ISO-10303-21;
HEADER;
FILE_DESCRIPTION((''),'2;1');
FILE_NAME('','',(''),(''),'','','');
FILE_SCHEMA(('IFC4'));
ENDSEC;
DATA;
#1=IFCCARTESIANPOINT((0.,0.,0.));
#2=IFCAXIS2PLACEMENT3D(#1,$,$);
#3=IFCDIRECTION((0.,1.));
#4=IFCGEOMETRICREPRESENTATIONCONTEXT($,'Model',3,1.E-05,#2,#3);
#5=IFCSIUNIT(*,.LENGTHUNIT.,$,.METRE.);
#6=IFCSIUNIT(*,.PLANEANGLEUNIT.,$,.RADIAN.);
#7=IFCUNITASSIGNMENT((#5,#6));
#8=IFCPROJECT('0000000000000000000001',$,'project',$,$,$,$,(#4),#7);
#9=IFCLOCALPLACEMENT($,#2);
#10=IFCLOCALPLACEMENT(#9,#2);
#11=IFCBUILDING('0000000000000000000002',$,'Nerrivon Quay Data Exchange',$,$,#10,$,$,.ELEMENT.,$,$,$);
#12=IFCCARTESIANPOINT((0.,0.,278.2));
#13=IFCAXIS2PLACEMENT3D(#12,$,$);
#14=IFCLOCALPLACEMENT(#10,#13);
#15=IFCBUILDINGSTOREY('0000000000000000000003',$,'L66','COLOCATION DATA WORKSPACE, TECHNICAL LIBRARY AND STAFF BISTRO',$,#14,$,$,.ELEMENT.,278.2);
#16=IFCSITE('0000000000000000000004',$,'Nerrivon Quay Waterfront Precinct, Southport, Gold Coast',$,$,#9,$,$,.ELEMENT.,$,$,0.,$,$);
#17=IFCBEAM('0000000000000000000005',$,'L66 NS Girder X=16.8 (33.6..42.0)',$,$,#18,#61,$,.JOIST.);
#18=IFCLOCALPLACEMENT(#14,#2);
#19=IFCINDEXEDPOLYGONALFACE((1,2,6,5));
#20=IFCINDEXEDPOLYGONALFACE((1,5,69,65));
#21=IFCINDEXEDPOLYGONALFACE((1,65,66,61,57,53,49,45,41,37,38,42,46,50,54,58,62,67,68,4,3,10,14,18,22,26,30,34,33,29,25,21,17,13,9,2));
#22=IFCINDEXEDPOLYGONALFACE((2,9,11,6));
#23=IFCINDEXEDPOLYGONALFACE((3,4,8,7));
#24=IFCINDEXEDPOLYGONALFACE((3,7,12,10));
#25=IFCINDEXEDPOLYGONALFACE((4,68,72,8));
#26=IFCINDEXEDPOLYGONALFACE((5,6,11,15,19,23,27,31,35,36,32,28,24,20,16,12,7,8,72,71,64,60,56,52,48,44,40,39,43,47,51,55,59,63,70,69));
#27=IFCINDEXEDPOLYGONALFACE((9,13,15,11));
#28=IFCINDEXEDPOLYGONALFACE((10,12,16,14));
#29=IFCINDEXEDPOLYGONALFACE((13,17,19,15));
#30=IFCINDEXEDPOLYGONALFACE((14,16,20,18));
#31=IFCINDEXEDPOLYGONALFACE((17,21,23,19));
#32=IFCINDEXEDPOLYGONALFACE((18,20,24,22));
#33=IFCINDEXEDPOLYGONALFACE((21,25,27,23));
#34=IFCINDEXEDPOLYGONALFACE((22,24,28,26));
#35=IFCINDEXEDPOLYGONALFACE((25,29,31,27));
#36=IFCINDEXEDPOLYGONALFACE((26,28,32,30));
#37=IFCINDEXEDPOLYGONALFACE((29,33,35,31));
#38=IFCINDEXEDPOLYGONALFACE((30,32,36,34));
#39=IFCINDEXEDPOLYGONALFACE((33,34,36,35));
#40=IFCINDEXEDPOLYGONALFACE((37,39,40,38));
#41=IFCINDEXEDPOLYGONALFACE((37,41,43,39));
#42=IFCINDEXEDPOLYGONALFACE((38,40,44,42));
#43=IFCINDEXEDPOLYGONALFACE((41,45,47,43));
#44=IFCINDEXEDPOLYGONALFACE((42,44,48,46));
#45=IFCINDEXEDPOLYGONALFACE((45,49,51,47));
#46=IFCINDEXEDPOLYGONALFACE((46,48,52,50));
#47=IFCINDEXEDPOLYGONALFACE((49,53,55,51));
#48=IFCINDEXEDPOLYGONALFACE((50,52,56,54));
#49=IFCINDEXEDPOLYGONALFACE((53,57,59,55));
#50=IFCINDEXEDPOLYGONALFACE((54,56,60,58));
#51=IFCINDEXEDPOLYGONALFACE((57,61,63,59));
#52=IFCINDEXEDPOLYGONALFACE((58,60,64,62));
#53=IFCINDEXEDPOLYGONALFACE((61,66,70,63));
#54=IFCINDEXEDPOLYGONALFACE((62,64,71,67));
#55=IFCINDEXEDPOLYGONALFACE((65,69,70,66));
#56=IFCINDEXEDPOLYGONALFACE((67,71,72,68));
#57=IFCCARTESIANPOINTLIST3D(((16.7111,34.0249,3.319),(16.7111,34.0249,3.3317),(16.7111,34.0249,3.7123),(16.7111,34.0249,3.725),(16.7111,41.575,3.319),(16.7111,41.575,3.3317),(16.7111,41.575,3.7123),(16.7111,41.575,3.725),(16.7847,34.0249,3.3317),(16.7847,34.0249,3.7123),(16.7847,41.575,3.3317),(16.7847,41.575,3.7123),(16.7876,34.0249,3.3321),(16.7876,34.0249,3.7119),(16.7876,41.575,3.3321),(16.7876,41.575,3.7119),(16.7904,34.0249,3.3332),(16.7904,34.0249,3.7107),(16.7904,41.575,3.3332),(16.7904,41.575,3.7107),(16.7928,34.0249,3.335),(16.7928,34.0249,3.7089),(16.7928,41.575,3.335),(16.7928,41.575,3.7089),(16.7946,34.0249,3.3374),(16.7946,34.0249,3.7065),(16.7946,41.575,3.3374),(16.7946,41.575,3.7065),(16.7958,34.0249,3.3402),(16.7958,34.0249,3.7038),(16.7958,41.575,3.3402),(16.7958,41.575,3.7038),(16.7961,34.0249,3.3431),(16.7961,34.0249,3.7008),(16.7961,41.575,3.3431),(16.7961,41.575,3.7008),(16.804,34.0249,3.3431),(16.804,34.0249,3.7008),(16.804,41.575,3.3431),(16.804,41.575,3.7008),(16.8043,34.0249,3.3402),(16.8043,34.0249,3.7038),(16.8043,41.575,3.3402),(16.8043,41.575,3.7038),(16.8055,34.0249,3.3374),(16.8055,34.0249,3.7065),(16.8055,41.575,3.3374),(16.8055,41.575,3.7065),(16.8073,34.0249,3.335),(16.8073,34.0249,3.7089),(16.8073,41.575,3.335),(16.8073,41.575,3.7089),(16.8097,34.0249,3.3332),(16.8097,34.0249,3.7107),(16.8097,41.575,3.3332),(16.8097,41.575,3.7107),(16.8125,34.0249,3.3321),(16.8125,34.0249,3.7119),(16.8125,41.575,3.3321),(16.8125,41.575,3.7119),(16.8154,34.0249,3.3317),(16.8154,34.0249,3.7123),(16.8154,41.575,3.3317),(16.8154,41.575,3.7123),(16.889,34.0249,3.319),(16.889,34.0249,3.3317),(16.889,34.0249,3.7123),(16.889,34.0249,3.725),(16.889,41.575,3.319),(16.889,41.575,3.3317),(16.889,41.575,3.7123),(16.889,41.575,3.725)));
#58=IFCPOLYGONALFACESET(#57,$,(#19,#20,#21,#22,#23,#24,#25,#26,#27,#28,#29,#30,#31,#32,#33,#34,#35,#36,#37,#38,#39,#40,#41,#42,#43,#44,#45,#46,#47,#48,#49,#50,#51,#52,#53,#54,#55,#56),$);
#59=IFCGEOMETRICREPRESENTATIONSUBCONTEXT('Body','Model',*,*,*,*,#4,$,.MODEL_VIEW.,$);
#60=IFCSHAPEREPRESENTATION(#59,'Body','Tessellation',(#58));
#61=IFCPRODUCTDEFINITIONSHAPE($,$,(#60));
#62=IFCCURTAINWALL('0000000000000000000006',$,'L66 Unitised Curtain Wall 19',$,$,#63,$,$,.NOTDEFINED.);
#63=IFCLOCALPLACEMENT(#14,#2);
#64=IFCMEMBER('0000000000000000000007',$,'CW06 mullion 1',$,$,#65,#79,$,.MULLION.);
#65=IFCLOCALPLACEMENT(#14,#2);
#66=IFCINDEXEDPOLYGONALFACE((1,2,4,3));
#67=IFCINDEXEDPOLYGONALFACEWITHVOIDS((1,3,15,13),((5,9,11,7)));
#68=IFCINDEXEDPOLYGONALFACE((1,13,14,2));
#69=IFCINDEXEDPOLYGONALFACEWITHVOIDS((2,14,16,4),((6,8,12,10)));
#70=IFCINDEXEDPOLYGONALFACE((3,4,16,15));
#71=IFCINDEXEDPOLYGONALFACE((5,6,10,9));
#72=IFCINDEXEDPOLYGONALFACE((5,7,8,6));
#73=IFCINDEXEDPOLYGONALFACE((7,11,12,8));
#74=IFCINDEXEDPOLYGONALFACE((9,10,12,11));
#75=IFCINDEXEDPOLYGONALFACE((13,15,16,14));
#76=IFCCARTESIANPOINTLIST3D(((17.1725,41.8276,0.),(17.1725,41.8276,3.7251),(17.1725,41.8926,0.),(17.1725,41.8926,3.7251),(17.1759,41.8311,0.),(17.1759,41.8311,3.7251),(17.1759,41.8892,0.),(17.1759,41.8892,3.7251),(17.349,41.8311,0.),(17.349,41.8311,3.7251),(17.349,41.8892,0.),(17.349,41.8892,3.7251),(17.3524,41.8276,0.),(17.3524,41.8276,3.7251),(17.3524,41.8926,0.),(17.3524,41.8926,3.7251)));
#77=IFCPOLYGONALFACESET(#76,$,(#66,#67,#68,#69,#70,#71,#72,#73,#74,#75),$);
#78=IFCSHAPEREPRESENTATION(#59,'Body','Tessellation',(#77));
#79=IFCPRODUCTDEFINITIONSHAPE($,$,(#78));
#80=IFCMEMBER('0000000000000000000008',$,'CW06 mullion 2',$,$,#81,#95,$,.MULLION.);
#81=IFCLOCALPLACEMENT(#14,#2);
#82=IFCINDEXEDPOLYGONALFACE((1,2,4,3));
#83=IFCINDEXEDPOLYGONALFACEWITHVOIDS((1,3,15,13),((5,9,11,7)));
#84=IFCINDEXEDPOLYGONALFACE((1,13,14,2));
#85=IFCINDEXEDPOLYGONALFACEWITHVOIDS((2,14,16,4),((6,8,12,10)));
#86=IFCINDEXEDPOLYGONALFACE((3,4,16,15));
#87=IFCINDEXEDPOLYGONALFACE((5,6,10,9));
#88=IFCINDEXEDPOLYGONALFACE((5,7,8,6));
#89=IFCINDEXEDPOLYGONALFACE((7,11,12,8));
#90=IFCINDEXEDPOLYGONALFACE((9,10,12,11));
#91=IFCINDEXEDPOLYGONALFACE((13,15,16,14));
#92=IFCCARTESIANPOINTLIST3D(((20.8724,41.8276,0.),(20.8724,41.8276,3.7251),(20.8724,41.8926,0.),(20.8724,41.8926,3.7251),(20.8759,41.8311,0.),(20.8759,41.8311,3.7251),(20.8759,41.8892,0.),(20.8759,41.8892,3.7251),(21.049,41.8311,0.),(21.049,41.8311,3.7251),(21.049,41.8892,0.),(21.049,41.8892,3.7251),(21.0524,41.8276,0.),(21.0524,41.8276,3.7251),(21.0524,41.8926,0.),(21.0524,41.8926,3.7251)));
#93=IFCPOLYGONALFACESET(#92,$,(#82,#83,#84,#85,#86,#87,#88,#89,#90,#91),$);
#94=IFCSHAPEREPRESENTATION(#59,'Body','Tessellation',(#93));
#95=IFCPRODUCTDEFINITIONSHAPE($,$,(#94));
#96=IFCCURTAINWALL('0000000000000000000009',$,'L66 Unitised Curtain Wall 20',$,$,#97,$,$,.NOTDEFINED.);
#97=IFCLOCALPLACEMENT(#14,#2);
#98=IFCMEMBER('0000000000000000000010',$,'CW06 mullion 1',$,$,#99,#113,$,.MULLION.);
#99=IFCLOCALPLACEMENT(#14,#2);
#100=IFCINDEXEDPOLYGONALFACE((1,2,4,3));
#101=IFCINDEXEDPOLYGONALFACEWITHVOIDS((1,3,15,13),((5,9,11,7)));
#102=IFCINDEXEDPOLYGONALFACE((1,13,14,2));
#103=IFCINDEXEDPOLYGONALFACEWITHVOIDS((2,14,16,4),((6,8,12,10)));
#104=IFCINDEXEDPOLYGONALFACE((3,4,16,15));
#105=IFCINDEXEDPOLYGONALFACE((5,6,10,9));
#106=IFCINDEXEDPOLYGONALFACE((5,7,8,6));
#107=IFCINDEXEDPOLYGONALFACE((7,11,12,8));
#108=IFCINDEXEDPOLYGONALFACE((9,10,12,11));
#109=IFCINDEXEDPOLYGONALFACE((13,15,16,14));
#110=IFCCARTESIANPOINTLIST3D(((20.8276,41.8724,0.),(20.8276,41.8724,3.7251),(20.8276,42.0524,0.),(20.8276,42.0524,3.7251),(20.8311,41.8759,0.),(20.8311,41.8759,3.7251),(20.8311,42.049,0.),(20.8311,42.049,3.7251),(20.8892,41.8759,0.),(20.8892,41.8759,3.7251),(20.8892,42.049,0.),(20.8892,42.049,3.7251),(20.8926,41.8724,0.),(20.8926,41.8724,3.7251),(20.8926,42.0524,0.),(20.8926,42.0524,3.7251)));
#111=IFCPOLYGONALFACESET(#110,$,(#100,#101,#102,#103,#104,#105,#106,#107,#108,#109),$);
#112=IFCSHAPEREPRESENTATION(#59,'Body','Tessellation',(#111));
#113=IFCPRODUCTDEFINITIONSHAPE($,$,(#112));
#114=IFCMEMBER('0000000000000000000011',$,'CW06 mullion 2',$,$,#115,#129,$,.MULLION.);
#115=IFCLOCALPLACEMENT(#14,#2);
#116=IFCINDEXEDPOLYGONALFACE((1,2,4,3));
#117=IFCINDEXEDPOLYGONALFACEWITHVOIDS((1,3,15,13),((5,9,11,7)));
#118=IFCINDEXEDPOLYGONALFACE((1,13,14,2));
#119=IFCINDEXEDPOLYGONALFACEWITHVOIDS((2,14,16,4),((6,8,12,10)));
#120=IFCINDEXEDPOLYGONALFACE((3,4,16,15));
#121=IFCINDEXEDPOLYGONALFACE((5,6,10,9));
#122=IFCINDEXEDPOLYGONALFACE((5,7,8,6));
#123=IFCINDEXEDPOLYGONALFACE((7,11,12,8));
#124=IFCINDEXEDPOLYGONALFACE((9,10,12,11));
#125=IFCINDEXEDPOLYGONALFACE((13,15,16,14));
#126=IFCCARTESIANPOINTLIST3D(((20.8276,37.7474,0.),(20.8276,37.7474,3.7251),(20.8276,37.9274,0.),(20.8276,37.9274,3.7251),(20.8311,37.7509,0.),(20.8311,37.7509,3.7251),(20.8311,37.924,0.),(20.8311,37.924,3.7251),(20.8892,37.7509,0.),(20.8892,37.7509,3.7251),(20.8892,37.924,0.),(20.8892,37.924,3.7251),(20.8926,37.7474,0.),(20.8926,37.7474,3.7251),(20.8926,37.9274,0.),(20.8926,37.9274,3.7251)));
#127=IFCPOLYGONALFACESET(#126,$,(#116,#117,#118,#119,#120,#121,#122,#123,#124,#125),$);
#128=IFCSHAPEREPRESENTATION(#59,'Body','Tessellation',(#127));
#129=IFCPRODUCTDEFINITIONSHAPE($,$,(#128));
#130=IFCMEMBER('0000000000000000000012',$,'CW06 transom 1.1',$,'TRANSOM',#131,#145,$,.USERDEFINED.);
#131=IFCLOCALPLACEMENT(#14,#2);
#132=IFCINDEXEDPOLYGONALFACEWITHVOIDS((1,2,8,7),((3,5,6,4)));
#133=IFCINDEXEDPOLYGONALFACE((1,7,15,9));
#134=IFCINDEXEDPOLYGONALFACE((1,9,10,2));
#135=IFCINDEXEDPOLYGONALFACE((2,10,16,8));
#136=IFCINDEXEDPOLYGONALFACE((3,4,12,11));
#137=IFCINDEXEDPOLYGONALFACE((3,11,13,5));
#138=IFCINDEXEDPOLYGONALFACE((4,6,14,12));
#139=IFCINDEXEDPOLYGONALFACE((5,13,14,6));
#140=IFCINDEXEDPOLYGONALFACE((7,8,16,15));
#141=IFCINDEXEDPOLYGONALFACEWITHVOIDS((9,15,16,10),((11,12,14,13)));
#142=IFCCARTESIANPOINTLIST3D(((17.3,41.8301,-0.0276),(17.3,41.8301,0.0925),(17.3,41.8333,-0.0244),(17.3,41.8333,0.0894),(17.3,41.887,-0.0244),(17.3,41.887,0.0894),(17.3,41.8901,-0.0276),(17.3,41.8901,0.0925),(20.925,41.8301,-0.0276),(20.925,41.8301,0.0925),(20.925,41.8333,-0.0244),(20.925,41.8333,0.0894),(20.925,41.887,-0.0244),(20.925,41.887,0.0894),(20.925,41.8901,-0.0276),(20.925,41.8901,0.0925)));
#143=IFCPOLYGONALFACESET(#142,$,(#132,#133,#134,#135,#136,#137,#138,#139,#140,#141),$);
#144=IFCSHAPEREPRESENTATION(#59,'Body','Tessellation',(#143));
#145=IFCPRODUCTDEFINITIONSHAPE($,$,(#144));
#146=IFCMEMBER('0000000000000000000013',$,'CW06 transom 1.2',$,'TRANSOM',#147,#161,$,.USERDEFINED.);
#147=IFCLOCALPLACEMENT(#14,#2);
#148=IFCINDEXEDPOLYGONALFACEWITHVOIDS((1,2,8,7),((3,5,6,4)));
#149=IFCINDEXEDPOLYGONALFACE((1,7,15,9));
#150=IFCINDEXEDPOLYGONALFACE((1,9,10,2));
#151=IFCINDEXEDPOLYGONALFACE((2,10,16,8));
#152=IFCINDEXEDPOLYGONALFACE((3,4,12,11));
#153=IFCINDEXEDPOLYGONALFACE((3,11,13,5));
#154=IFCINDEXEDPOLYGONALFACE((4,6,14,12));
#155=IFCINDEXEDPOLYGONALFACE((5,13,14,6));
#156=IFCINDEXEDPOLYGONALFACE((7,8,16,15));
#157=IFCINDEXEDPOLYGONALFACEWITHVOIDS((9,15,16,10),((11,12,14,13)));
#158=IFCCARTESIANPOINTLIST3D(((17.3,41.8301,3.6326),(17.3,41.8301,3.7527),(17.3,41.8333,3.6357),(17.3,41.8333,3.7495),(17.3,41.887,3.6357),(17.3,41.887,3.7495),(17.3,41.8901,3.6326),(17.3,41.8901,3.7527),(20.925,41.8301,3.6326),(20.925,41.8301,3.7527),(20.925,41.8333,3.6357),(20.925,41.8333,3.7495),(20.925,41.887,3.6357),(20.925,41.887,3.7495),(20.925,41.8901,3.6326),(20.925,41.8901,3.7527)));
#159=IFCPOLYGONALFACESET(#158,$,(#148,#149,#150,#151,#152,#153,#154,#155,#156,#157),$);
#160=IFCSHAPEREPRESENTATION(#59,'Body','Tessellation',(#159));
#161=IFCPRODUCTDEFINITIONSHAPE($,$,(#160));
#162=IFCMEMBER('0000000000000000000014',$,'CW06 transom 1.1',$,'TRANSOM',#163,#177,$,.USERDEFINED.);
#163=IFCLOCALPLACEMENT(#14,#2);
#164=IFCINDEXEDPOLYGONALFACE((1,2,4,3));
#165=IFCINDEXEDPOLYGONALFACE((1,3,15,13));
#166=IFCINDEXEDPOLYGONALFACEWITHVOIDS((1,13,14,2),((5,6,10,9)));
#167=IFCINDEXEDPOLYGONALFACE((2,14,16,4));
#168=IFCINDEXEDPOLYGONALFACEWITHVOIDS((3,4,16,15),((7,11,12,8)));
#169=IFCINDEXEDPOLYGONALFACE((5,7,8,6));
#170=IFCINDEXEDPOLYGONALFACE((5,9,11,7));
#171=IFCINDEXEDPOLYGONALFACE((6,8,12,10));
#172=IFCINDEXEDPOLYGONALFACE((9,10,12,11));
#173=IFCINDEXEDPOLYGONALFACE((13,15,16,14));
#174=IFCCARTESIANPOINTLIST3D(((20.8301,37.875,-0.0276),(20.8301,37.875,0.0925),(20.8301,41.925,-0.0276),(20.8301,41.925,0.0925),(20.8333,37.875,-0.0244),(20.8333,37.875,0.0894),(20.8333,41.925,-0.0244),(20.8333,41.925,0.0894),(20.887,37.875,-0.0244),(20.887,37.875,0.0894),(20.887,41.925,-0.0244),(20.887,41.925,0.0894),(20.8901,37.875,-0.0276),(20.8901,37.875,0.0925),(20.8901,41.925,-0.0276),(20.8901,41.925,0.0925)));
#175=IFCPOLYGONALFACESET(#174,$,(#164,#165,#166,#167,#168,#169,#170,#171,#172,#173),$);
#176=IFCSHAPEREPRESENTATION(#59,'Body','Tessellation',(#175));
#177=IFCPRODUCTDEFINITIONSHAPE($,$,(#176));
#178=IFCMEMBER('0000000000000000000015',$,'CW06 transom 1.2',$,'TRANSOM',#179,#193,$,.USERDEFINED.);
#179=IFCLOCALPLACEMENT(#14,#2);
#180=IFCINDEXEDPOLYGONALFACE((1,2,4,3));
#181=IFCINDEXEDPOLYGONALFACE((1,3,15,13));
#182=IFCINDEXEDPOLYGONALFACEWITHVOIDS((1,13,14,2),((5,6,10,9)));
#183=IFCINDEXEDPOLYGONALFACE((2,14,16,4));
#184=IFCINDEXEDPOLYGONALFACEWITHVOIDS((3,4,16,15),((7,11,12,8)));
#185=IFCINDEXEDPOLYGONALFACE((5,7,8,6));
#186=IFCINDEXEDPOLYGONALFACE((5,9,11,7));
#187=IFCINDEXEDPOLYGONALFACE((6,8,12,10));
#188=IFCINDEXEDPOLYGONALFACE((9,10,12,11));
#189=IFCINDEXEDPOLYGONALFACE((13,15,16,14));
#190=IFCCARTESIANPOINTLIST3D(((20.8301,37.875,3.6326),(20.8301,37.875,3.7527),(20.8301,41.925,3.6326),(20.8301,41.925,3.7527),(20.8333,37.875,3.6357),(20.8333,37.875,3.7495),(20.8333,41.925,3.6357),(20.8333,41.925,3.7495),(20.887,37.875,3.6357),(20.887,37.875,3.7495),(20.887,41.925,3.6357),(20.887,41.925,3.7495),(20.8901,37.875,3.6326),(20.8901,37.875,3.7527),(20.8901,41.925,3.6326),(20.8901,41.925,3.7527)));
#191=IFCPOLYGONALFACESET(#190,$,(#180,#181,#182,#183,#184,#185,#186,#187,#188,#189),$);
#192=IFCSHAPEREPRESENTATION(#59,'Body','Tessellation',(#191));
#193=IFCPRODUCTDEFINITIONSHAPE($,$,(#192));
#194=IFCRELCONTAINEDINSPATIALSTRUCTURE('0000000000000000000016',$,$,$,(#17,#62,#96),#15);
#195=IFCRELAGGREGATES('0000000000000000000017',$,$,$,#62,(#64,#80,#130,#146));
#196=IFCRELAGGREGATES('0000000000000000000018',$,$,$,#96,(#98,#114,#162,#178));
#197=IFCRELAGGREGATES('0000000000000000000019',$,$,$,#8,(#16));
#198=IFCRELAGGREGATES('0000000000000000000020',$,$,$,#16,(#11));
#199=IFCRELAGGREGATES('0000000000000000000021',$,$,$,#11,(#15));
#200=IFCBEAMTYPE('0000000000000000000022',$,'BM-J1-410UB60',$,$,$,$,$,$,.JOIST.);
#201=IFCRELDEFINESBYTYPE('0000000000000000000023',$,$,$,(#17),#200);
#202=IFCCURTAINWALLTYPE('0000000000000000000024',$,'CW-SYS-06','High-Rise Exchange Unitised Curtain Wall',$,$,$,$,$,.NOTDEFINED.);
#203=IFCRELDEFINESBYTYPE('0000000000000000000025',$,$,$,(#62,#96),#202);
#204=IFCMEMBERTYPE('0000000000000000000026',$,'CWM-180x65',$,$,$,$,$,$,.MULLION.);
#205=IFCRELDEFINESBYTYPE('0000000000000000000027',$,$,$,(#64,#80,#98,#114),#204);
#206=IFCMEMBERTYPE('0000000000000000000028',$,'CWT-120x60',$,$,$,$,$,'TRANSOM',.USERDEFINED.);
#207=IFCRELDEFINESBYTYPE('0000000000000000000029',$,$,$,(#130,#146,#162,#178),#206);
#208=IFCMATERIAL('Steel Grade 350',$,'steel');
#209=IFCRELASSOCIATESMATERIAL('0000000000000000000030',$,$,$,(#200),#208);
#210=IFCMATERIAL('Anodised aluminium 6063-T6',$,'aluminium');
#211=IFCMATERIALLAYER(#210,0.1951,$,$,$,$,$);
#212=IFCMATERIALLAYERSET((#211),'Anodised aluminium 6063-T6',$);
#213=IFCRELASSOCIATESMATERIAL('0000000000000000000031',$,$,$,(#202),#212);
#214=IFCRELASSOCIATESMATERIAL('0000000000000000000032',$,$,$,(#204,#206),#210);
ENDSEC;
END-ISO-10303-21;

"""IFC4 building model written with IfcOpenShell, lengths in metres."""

from ifc_helpers import new_model, si_unit, direction, frame, origin, origin_2d, place, context, subcontext, project, spatial, hollow_rectangle, i_section, extrude, material, layer, layer_set, material_profile, profile_set, type_object, element, aggregate, save


model = new_model("IFC4")

# Units and contexts
model_context = context("Model", 3, precision=1e-05, world=origin(), true_north=direction((0.0, 1.0)))
body_context = subcontext(model_context, "Body", "Model", "MODEL_VIEW")
ifc_project = project(units=[si_unit("LENGTHUNIT", "METRE"), si_unit("PLANEANGLEUNIT", "RADIAN")], contexts=[model_context])

# Site, building, storey
site_placement = place(None, origin())
site = spatial("IfcSite", under=ifc_project, at=site_placement, Name="Nerrivon Quay Waterfront Precinct, Southport, Gold Coast", CompositionType="ELEMENT", RefElevation=0.0)
building_placement = place(site_placement, origin())
building = spatial("IfcBuilding", under=site, at=building_placement, Name="Nerrivon Quay Data Exchange", CompositionType="ELEMENT")
storey_placement = place(building_placement, frame((0.0, 0.0, 278.2)))
storey = spatial("IfcBuildingStorey", under=building, at=storey_placement, Name="L66", Description="COLOCATION DATA WORKSPACE, TECHNICAL LIBRARY AND STAFF BISTRO", CompositionType="ELEMENT", Elevation=278.2)

# Beam
ifc_material_1 = material(Name="Steel Grade 350", Category="steel")
ifc_material_profile_1 = material_profile(ifc_material_1, i_section(OverallWidth=0.178, OverallDepth=0.406, WebThickness=0.0078, FlangeThickness=0.0127, FilletRadius=0.0115, at=origin_2d()), Name="410UB59.7")
ifc_profile_set_1 = profile_set([ifc_material_profile_1], Name="Steel Grade 350")
beam_type_1 = type_object("IfcBeamType", Name="BM-J1-410UB60", PredefinedType="JOIST", material=ifc_profile_set_1)
for number, where, z_axis, x_axis, name in (
    (1, (16.8, 34.0249, 3.522), (0.0, 1.0, 0.0), (-1.0, 0.0, 0.0), "L66 NS Girder X=16.8 (33.6..42.0)"),
):
    element("IfcBeam", number, at=place(storey_placement, frame(where, z_axis=z_axis, x_axis=x_axis)), inside=storey, type_object=beam_type_1, Name=name, PredefinedType="JOIST", context=body_context, shape_type="SweptSolid", body=[
        extrude(i_section(OverallWidth=0.178, OverallDepth=0.406, WebThickness=0.0078, FlangeThickness=0.0127, FilletRadius=0.0115, at=origin_2d()), origin(), (0.0, 0.0, 1.0), 7.55),
    ])

# Curtain walls, members
ifc_material_2 = material(Name="Anodised aluminium 6063-T6", Category="aluminium")
ifc_layer_1 = layer(ifc_material_2, 0.1951)
ifc_layer_set_1 = layer_set([ifc_layer_1], Name="Anodised aluminium 6063-T6")
curtain_wall_type = type_object("IfcCurtainWallType", Name="CW-SYS-06", Description="High-Rise Exchange Unitised Curtain Wall", PredefinedType="NOTDEFINED", material=ifc_layer_set_1)
curtain_wall_1_placement = place(storey_placement, origin())
curtain_wall_1 = element("IfcCurtainWall", 2, at=curtain_wall_1_placement, inside=storey, type_object=curtain_wall_type, Name="L66 Unitised Curtain Wall 19", PredefinedType="NOTDEFINED")
ifc_material_profile_2 = material_profile(ifc_material_2, hollow_rectangle(XDim=0.0649, YDim=0.1799, WallThickness=0.0034, at=origin_2d()), Name="ALU-MULL-180x65")
ifc_profile_set_2 = profile_set([ifc_material_profile_2], Name="Anodised aluminium 6063-T6")
member_type_1 = type_object("IfcMemberType", Name="CWM-180x65", PredefinedType="MULLION", material=ifc_profile_set_2)
member_1_placement = place(storey_placement, frame((17.2625, 41.8601, 0.0), z_axis=(0.0, 0.0, 1.0), x_axis=(0.0, 1.0, 0.0)))
member_1 = element("IfcMember", 3, at=member_1_placement, type_object=member_type_1, Name="CW06 mullion 1", PredefinedType="MULLION", context=body_context, shape_type="SweptSolid", body=[
    extrude(hollow_rectangle(XDim=0.0649, YDim=0.1799, WallThickness=0.0034, at=origin_2d()), origin(), (0.0, 0.0, 1.0), 3.7251),
])
member_2_placement = place(storey_placement, frame((20.9624, 41.8601, 0.0), z_axis=(0.0, 0.0, 1.0), x_axis=(0.0, 1.0, 0.0)))
member_2 = element("IfcMember", 4, at=member_2_placement, type_object=member_type_1, Name="CW06 mullion 2", PredefinedType="MULLION", context=body_context, shape_type="SweptSolid", body=[
    extrude(hollow_rectangle(XDim=0.0649, YDim=0.1799, WallThickness=0.0034, at=origin_2d()), origin(), (0.0, 0.0, 1.0), 3.7251),
])
curtain_wall_2_placement = place(storey_placement, origin())
curtain_wall_2 = element("IfcCurtainWall", 5, at=curtain_wall_2_placement, inside=storey, type_object=curtain_wall_type, Name="L66 Unitised Curtain Wall 20", PredefinedType="NOTDEFINED")
member_3_placement = place(storey_placement, frame((20.8601, 41.9624, 0.0), z_axis=(0.0, 0.0, 1.0), x_axis=(1.0, 0.0, 0.0)))
member_3 = element("IfcMember", 6, at=member_3_placement, type_object=member_type_1, Name="CW06 mullion 1", PredefinedType="MULLION", context=body_context, shape_type="SweptSolid", body=[
    extrude(hollow_rectangle(XDim=0.0649, YDim=0.1799, WallThickness=0.0034, at=origin_2d()), origin(), (0.0, 0.0, 1.0), 3.7251),
])
member_4_placement = place(storey_placement, frame((20.8601, 37.8374, 0.0), z_axis=(0.0, 0.0, 1.0), x_axis=(1.0, 0.0, 0.0)))
member_4 = element("IfcMember", 7, at=member_4_placement, type_object=member_type_1, Name="CW06 mullion 2", PredefinedType="MULLION", context=body_context, shape_type="SweptSolid", body=[
    extrude(hollow_rectangle(XDim=0.0649, YDim=0.1799, WallThickness=0.0034, at=origin_2d()), origin(), (0.0, 0.0, 1.0), 3.7251),
])

# Members
ifc_material_profile_3 = material_profile(ifc_material_2, hollow_rectangle(XDim=0.0601, YDim=0.1201, WallThickness=0.0032, at=origin_2d()), Name="ALU-TRAN-120x60")
ifc_profile_set_3 = profile_set([ifc_material_profile_3], Name="Anodised aluminium 6063-T6")
member_type_2 = type_object("IfcMemberType", Name="CWT-120x60", ElementType="TRANSOM", PredefinedType="USERDEFINED", material=ifc_profile_set_3)
member_5_placement = place(storey_placement, frame((17.3, 41.8601, 0.0325), z_axis=(1.0, 0.0, 0.0), x_axis=(0.0, 1.0, 0.0)))
member_5 = element("IfcMember", 8, at=member_5_placement, type_object=member_type_2, Name="CW06 transom 1.1", ObjectType="TRANSOM", PredefinedType="USERDEFINED", context=body_context, shape_type="SweptSolid", body=[
    extrude(hollow_rectangle(XDim=0.0601, YDim=0.1201, WallThickness=0.0032, at=origin_2d()), origin(), (0.0, 0.0, 1.0), 3.625),
])
member_6_placement = place(storey_placement, frame((17.3, 41.8601, 3.6926), z_axis=(1.0, 0.0, 0.0), x_axis=(0.0, 1.0, 0.0)))
member_6 = element("IfcMember", 9, at=member_6_placement, type_object=member_type_2, Name="CW06 transom 1.2", ObjectType="TRANSOM", PredefinedType="USERDEFINED", context=body_context, shape_type="SweptSolid", body=[
    extrude(hollow_rectangle(XDim=0.0601, YDim=0.1201, WallThickness=0.0032, at=origin_2d()), origin(), (0.0, 0.0, 1.0), 3.625),
])
member_7_placement = place(storey_placement, frame((20.8601, 41.925, 0.0325), z_axis=(0.0, -1.0, 0.0), x_axis=(1.0, 0.0, 0.0)))
member_7 = element("IfcMember", 10, at=member_7_placement, type_object=member_type_2, Name="CW06 transom 1.1", ObjectType="TRANSOM", PredefinedType="USERDEFINED", context=body_context, shape_type="SweptSolid", body=[
    extrude(hollow_rectangle(XDim=0.0601, YDim=0.1201, WallThickness=0.0032, at=origin_2d()), origin(), (0.0, 0.0, 1.0), 4.05),
])
member_8_placement = place(storey_placement, frame((20.8601, 41.925, 3.6926), z_axis=(0.0, -1.0, 0.0), x_axis=(1.0, 0.0, 0.0)))
member_8 = element("IfcMember", 11, at=member_8_placement, type_object=member_type_2, Name="CW06 transom 1.2", ObjectType="TRANSOM", PredefinedType="USERDEFINED", context=body_context, shape_type="SweptSolid", body=[
    extrude(hollow_rectangle(XDim=0.0601, YDim=0.1201, WallThickness=0.0032, at=origin_2d()), origin(), (0.0, 0.0, 1.0), 4.05),
])

aggregate(curtain_wall_1, [member_1, member_2, member_5, member_6])
aggregate(curtain_wall_2, [member_3, member_4, member_7, member_8])

save(model, "model.ifc")
